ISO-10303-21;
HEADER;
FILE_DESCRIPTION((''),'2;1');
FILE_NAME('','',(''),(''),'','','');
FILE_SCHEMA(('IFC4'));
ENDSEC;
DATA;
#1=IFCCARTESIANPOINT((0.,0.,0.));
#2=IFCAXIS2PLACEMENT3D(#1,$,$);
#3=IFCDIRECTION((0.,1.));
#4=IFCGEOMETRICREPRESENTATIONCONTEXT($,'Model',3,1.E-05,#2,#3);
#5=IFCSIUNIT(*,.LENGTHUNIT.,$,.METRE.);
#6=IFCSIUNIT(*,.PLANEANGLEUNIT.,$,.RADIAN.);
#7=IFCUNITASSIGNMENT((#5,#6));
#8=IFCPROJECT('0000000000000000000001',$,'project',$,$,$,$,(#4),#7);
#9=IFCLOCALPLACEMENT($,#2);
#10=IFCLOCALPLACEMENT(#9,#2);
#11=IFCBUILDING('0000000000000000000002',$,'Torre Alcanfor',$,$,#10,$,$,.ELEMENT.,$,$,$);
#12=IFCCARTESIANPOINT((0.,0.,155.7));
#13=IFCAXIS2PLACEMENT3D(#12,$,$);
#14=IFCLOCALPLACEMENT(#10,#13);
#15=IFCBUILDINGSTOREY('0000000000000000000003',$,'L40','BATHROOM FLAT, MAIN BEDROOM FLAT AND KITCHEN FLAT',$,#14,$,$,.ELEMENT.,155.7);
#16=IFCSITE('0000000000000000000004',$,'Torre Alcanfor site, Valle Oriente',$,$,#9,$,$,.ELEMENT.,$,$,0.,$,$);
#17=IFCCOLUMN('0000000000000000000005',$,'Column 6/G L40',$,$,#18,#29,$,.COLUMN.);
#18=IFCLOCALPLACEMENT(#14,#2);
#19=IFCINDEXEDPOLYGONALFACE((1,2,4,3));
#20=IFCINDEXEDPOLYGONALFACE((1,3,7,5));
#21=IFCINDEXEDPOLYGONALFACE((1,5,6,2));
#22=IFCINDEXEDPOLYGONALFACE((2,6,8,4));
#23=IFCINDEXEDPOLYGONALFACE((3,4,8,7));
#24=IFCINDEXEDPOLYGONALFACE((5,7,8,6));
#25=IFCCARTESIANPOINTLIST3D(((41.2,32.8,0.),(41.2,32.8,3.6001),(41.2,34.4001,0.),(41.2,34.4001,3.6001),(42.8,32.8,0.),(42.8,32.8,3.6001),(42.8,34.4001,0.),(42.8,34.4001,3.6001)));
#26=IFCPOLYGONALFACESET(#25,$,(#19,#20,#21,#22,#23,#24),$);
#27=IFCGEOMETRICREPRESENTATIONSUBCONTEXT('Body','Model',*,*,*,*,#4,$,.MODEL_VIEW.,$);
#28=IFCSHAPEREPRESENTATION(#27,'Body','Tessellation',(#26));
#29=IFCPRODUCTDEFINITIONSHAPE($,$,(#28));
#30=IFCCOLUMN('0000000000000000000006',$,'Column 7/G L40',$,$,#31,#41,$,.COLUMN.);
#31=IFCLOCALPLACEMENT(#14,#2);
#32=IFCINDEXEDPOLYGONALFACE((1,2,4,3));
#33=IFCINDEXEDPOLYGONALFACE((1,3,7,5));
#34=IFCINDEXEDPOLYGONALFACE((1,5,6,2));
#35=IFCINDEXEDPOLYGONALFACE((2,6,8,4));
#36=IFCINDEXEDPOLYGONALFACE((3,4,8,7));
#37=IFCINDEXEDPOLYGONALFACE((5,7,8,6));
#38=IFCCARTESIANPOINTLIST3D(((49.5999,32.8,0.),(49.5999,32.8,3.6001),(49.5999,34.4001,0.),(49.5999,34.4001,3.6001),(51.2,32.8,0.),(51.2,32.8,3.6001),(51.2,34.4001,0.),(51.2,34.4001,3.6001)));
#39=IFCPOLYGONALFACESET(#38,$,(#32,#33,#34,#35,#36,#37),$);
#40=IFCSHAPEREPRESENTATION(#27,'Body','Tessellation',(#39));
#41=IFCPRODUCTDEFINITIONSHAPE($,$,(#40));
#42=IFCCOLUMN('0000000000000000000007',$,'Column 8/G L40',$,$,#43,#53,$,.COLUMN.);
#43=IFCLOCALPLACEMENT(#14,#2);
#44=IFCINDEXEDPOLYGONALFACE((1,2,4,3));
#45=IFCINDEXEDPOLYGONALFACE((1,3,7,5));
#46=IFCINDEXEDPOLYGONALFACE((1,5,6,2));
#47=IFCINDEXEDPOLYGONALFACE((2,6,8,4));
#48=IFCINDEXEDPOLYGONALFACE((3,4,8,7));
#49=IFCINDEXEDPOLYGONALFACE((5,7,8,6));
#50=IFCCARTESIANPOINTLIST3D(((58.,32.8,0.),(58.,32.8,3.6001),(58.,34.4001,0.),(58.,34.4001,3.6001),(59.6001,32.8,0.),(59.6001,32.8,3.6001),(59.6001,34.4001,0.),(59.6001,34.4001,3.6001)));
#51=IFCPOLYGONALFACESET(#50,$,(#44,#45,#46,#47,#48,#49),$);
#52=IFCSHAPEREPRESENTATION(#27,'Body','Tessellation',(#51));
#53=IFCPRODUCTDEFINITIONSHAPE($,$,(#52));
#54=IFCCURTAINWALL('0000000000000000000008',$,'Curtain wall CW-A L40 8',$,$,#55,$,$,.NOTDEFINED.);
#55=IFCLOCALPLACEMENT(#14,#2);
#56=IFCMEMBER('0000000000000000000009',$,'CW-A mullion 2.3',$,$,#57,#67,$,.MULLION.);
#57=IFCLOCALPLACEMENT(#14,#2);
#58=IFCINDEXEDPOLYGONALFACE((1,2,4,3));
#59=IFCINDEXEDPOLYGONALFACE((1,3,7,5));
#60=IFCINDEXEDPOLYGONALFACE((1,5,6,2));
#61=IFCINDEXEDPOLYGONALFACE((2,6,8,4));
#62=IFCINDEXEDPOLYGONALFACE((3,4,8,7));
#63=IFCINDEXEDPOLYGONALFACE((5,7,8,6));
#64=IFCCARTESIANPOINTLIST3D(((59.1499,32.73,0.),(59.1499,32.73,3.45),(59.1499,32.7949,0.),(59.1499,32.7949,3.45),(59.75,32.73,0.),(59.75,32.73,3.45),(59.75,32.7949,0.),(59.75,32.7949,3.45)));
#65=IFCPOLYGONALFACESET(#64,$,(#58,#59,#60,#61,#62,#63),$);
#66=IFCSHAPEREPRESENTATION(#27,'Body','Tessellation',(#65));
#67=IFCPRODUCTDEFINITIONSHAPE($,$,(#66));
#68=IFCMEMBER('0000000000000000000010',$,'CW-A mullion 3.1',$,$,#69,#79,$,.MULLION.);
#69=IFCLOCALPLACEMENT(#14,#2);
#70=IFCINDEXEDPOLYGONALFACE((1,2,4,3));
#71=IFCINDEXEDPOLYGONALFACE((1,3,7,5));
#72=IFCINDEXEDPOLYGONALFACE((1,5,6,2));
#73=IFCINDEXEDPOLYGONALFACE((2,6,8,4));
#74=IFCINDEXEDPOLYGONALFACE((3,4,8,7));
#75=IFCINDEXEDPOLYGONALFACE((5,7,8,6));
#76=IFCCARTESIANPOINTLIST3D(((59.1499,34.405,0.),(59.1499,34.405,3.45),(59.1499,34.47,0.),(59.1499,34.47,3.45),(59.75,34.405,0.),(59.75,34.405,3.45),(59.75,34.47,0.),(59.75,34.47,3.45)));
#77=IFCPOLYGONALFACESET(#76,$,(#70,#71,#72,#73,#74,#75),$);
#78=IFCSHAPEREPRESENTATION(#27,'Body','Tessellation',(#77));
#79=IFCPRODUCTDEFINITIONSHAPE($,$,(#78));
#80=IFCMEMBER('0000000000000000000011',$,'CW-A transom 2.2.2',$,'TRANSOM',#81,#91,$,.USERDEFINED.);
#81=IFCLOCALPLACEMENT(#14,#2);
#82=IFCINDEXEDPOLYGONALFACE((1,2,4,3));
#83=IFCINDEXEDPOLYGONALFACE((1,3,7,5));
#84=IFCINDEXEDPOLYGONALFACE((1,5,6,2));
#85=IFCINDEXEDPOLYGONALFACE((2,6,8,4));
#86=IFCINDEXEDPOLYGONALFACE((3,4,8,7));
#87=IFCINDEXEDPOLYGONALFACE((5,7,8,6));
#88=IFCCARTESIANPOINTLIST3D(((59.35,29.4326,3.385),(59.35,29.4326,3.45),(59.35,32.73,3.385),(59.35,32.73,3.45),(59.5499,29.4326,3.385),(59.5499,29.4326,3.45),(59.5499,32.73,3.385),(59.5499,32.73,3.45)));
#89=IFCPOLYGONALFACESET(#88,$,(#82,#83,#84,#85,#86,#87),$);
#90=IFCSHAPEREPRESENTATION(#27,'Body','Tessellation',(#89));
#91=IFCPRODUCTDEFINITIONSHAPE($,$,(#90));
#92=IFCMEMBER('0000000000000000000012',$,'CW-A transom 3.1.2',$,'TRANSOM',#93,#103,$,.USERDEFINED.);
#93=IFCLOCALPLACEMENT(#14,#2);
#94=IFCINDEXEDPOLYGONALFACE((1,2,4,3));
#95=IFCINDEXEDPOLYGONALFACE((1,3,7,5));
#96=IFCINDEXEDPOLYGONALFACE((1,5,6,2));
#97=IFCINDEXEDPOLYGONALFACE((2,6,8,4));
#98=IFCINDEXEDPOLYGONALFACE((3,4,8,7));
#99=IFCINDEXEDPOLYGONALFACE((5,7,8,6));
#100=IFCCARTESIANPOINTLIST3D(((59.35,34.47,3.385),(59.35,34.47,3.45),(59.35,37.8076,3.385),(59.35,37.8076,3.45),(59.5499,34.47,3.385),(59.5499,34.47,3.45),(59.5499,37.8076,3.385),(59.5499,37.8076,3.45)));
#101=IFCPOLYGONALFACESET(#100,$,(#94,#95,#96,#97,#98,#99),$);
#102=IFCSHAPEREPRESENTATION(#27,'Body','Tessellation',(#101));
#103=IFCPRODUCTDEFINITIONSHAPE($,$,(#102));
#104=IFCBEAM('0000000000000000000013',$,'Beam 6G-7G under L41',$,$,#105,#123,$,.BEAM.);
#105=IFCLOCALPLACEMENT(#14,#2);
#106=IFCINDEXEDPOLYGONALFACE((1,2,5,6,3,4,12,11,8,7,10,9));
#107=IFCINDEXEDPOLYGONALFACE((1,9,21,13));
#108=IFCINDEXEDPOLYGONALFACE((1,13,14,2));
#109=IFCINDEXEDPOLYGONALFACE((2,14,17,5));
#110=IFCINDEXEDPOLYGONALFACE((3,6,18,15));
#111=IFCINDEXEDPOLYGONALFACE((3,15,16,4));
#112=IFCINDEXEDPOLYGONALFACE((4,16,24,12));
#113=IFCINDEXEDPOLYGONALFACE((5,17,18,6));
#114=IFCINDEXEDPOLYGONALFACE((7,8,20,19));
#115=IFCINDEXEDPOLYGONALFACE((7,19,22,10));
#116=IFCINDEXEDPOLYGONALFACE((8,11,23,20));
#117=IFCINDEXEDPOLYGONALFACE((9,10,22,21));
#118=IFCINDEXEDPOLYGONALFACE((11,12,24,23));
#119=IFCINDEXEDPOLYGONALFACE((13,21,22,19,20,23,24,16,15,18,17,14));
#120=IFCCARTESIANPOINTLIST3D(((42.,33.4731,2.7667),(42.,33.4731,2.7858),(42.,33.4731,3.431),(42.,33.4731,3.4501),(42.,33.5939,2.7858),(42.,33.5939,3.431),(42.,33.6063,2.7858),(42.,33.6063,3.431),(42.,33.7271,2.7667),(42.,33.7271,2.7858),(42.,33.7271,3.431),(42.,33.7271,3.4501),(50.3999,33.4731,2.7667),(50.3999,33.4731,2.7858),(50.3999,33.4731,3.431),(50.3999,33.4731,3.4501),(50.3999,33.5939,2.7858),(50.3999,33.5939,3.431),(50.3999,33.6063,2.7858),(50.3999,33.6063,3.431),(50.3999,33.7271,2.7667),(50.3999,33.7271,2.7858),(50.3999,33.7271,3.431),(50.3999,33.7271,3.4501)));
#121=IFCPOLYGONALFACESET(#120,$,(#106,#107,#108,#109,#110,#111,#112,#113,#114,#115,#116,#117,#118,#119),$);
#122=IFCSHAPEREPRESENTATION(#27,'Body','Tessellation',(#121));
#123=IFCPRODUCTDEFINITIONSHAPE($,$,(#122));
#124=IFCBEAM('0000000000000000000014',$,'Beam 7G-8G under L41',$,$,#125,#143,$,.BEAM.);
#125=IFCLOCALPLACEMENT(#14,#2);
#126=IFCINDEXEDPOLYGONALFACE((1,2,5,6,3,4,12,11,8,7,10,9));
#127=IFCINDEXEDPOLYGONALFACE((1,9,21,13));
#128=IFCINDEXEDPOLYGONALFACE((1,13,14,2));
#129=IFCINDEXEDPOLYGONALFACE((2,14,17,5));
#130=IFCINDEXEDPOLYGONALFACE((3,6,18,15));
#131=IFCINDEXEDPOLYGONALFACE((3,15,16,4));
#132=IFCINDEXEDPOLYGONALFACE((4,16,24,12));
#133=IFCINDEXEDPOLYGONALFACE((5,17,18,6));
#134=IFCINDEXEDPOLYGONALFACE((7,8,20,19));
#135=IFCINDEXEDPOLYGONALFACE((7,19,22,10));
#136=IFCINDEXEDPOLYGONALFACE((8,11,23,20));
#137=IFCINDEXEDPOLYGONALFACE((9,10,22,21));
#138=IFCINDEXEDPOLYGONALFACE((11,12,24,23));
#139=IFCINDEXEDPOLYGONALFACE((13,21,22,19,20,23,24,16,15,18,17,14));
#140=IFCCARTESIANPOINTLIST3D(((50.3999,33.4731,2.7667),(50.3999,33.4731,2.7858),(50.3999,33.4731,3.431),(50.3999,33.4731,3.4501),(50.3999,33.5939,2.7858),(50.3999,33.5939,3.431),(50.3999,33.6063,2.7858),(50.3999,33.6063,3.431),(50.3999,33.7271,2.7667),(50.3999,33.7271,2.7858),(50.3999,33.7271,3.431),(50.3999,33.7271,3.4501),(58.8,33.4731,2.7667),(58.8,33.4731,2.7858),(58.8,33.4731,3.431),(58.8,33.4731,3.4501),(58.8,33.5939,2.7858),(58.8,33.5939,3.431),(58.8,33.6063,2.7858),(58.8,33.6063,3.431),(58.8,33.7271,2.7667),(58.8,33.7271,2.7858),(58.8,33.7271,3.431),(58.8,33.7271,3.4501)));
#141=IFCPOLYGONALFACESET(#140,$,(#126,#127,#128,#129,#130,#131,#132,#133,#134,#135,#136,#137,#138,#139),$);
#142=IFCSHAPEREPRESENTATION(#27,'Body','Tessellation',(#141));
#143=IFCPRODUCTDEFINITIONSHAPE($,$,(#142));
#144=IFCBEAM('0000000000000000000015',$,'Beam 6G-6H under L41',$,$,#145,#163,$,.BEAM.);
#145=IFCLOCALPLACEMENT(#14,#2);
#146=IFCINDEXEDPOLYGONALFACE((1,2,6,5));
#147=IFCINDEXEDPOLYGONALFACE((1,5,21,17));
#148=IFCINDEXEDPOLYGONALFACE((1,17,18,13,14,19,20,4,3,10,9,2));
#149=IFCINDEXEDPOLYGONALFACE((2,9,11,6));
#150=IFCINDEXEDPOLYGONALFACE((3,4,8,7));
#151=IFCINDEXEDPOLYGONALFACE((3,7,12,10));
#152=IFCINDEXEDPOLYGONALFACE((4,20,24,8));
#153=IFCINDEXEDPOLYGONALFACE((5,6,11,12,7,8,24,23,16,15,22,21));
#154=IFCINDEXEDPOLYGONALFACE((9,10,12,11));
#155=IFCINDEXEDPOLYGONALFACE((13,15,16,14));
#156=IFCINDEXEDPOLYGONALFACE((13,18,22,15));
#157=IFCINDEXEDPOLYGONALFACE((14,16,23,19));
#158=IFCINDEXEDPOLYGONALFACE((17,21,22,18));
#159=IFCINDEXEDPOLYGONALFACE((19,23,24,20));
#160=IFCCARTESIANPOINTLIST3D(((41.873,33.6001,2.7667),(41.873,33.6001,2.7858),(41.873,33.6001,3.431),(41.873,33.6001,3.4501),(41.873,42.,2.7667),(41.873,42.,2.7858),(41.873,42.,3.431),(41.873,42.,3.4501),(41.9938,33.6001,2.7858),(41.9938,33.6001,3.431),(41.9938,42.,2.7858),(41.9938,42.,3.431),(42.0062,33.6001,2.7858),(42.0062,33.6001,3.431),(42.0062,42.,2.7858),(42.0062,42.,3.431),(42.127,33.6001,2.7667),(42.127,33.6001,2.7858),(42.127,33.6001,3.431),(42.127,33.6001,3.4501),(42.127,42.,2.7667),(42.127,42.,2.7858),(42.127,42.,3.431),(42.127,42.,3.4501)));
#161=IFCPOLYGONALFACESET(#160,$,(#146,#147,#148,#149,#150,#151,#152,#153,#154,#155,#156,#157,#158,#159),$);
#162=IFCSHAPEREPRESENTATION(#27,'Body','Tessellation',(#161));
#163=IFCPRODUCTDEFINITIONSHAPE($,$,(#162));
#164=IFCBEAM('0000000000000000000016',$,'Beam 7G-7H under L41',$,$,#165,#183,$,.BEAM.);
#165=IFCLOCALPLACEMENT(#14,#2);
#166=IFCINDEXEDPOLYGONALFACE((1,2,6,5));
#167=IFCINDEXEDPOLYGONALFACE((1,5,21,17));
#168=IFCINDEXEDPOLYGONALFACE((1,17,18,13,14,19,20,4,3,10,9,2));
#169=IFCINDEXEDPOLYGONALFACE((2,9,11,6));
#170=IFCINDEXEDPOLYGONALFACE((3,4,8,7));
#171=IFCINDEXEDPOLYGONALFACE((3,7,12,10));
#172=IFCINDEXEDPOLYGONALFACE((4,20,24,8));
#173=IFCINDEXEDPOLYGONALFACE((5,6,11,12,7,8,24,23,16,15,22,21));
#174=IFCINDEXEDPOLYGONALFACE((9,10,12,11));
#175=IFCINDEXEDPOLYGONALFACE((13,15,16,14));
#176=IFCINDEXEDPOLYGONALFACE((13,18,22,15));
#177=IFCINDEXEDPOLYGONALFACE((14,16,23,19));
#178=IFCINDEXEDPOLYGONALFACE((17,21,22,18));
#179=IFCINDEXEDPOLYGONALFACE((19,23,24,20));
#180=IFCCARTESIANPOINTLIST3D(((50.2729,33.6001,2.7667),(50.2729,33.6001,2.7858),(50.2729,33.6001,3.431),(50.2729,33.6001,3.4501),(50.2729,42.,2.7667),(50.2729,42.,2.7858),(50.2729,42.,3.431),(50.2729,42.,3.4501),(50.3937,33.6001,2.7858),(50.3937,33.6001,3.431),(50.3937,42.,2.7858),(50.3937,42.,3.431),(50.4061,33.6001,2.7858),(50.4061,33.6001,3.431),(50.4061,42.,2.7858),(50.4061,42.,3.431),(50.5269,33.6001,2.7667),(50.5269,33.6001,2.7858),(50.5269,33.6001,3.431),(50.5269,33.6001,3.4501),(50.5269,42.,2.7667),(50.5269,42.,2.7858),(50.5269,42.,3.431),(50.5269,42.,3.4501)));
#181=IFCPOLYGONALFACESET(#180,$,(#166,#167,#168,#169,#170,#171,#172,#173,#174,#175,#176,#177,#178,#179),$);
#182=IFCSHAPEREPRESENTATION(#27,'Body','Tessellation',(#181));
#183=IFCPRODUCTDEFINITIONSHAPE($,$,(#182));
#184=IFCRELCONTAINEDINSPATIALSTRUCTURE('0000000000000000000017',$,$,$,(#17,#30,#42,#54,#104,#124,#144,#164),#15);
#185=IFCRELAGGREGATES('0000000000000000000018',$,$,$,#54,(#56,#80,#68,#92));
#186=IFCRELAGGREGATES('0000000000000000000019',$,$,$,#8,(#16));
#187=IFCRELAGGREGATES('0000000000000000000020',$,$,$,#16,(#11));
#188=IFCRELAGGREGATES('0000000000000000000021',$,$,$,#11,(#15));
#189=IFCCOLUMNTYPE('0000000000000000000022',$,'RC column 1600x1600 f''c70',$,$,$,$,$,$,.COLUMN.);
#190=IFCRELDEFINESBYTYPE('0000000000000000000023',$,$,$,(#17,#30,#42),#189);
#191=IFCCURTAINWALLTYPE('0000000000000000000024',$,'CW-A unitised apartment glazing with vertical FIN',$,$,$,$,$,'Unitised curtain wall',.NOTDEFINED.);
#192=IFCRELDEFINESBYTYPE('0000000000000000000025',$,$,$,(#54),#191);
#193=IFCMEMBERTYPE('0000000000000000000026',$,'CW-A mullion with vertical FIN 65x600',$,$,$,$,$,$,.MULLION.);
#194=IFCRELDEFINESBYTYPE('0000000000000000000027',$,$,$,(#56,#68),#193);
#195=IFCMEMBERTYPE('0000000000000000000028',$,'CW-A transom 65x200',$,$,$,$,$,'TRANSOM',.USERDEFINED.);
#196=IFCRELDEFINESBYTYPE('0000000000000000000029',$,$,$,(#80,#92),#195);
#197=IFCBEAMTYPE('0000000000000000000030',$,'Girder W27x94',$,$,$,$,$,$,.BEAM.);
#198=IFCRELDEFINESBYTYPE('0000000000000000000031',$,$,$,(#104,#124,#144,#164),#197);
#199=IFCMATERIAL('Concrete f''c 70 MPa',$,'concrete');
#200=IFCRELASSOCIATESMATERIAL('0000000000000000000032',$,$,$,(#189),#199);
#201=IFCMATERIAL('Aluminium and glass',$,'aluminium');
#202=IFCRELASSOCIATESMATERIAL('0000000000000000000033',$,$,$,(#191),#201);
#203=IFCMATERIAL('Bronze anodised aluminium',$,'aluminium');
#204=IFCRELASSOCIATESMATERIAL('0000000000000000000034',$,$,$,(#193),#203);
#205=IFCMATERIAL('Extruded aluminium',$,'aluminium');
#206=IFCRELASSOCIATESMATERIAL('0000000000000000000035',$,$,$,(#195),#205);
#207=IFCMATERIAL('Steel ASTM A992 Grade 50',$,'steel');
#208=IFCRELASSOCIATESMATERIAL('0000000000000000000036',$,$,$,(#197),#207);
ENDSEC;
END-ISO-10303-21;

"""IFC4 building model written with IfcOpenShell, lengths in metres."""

from ifc_helpers import new_model, si_unit, direction, frame, origin, origin_2d, place, context, subcontext, project, spatial, rectangle, i_section, extrude, material, material_profile, profile_set, type_object, element, aggregate, save


model = new_model("IFC4")

# Units and contexts
model_context = context("Model", 3, precision=1e-05, world=origin(), true_north=direction((0.0, 1.0)))
body_context = subcontext(model_context, "Body", "Model", "MODEL_VIEW")
ifc_project = project(units=[si_unit("LENGTHUNIT", "METRE"), si_unit("PLANEANGLEUNIT", "RADIAN")], contexts=[model_context])

# Site, building, storey
site_placement = place(None, origin())
site = spatial("IfcSite", under=ifc_project, at=site_placement, Name="Torre Alcanfor site, Valle Oriente", CompositionType="ELEMENT", RefElevation=0.0)
building_placement = place(site_placement, origin())
building = spatial("IfcBuilding", under=site, at=building_placement, Name="Torre Alcanfor", CompositionType="ELEMENT")
storey_placement = place(building_placement, frame((0.0, 0.0, 155.7)))
storey = spatial("IfcBuildingStorey", under=building, at=storey_placement, Name="L40", Description="BATHROOM FLAT, MAIN BEDROOM FLAT AND KITCHEN FLAT", CompositionType="ELEMENT", Elevation=155.7)

# Columns
ifc_material_1 = material(Name="Concrete f'c 70 MPa", Category="concrete")
ifc_material_profile_1 = material_profile(ifc_material_1, rectangle(XDim=1.6001, YDim=1.6001, at=origin_2d()), Name="1600x1600")
ifc_profile_set_1 = profile_set([ifc_material_profile_1], Name="Concrete f'c 70 MPa")
column_type = type_object("IfcColumnType", Name="RC column 1600x1600 f'c70", PredefinedType="COLUMN", material=ifc_profile_set_1)
for number, where, z_axis, x_axis, name in (
    (1, (42.0, 33.6001, 0.0), (0.0, 0.0, 1.0), (1.0, 0.0, 0.0), "Column 6/G L40"),
    (2, (50.3999, 33.6001, 0.0), (0.0, 0.0, 1.0), (1.0, 0.0, 0.0), "Column 7/G L40"),
    (3, (58.8, 33.6001, 0.0), (0.0, 0.0, 1.0), (1.0, 0.0, 0.0), "Column 8/G L40"),
):
    element("IfcColumn", number, at=place(storey_placement, frame(where, z_axis=z_axis, x_axis=x_axis)), inside=storey, type_object=column_type, Name=name, PredefinedType="COLUMN", context=body_context, shape_type="SweptSolid", body=[
        extrude(rectangle(XDim=1.6001, YDim=1.6001, at=origin_2d()), origin(), (0.0, 0.0, 1.0), 3.6001),
    ])

# Curtain wall, members
ifc_material_2 = material(Name="Aluminium and glass", Category="aluminium")
curtain_wall_type = type_object("IfcCurtainWallType", Name="CW-A unitised apartment glazing with vertical FIN", ElementType="Unitised curtain wall", PredefinedType="NOTDEFINED", material=ifc_material_2)
curtain_wall_placement = place(storey_placement, origin())
curtain_wall = element("IfcCurtainWall", 4, at=curtain_wall_placement, inside=storey, type_object=curtain_wall_type, Name="Curtain wall CW-A L40 8", PredefinedType="NOTDEFINED")
ifc_material_3 = material(Name="Bronze anodised aluminium", Category="aluminium")
ifc_material_profile_2 = material_profile(ifc_material_3, rectangle(XDim=0.6001, YDim=0.0649, at=origin_2d()), Name="CW-A mullion 65x600")
ifc_profile_set_2 = profile_set([ifc_material_profile_2], Name="Bronze anodised aluminium")
member_type_1 = type_object("IfcMemberType", Name="CW-A mullion with vertical FIN 65x600", PredefinedType="MULLION", material=ifc_profile_set_2)
member_1_placement = place(storey_placement, frame((59.45, 32.7625, 0.0), z_axis=(0.0, 0.0, 1.0), x_axis=(-1.0, 0.0, 0.0)))
member_1 = element("IfcMember", 5, at=member_1_placement, type_object=member_type_1, Name="CW-A mullion 2.3", PredefinedType="MULLION", context=body_context, shape_type="SweptSolid", body=[
    extrude(rectangle(XDim=0.6001, YDim=0.0649, at=origin_2d()), origin(), (0.0, 0.0, 1.0), 3.45),
])
member_2_placement = place(storey_placement, frame((59.45, 34.4375, 0.0), z_axis=(0.0, 0.0, 1.0), x_axis=(-1.0, 0.0, 0.0)))
member_2 = element("IfcMember", 6, at=member_2_placement, type_object=member_type_1, Name="CW-A mullion 3.1", PredefinedType="MULLION", context=body_context, shape_type="SweptSolid", body=[
    extrude(rectangle(XDim=0.6001, YDim=0.0649, at=origin_2d()), origin(), (0.0, 0.0, 1.0), 3.45),
])
ifc_material_4 = material(Name="Extruded aluminium", Category="aluminium")
ifc_material_profile_3 = material_profile(ifc_material_4, rectangle(XDim=0.2, YDim=0.0649, at=origin_2d()), Name="CW-A transom 200x65")
ifc_profile_set_3 = profile_set([ifc_material_profile_3], Name="Extruded aluminium")
member_type_2 = type_object("IfcMemberType", Name="CW-A transom 65x200", ElementType="TRANSOM", PredefinedType="USERDEFINED", material=ifc_profile_set_3)
member_3_placement = place(storey_placement, frame((59.45, 29.4326, 3.4175), z_axis=(0.0, 1.0, 0.0), x_axis=(-1.0, 0.0, 0.0)))
member_3 = element("IfcMember", 7, at=member_3_placement, type_object=member_type_2, Name="CW-A transom 2.2.2", ObjectType="TRANSOM", PredefinedType="USERDEFINED", context=body_context, shape_type="SweptSolid", body=[
    extrude(rectangle(XDim=0.2, YDim=0.0649, at=origin_2d()), origin(), (0.0, 0.0, 1.0), 3.2974),
])
member_4_placement = place(storey_placement, frame((59.45, 34.47, 3.4175), z_axis=(0.0, 1.0, 0.0), x_axis=(-1.0, 0.0, 0.0)))
member_4 = element("IfcMember", 8, at=member_4_placement, type_object=member_type_2, Name="CW-A transom 3.1.2", ObjectType="TRANSOM", PredefinedType="USERDEFINED", context=body_context, shape_type="SweptSolid", body=[
    extrude(rectangle(XDim=0.2, YDim=0.0649, at=origin_2d()), origin(), (0.0, 0.0, 1.0), 3.3376),
])

# Beams
ifc_material_5 = material(Name="Steel ASTM A992 Grade 50", Category="steel")
ifc_material_profile_4 = material_profile(ifc_material_5, i_section(OverallWidth=0.2539, OverallDepth=0.6833, WebThickness=0.0125, FlangeThickness=0.019, at=origin_2d()), Name="W27x94")
ifc_profile_set_4 = profile_set([ifc_material_profile_4], Name="Steel ASTM A992 Grade 50")
beam_type_1 = type_object("IfcBeamType", Name="Girder W27x94", PredefinedType="BEAM", material=ifc_profile_set_4)
beam_1_placement = place(storey_placement, frame((42.0, 33.6001, 3.1084), z_axis=(1.0, 0.0, 0.0), x_axis=(0.0, 1.0, 0.0)))
element("IfcBeam", 9, at=beam_1_placement, inside=storey, type_object=beam_type_1, Name="Beam 6G-7G under L41", PredefinedType="BEAM", context=body_context, shape_type="SweptSolid", body=[
    extrude(i_section(OverallWidth=0.2539, OverallDepth=0.6833, WebThickness=0.0125, FlangeThickness=0.019, at=origin_2d()), origin(), (0.0, 0.0, 1.0), 8.3999),
])
beam_2_placement = place(storey_placement, frame((50.3999, 33.6001, 3.1084), z_axis=(1.0, 0.0, 0.0), x_axis=(0.0, 1.0, 0.0)))
element("IfcBeam", 10, at=beam_2_placement, inside=storey, type_object=beam_type_1, Name="Beam 7G-8G under L41", PredefinedType="BEAM", context=body_context, shape_type="SweptSolid", body=[
    extrude(i_section(OverallWidth=0.2539, OverallDepth=0.6833, WebThickness=0.0125, FlangeThickness=0.019, at=origin_2d()), origin(), (0.0, 0.0, 1.0), 8.4001),
])
for number, where, z_axis, x_axis, name in (
    (11, (42.0, 33.6001, 3.1084), (0.0, 1.0, 0.0), (-1.0, 0.0, 0.0), "Beam 6G-6H under L41"),
    (12, (50.3999, 33.6001, 3.1084), (0.0, 1.0, 0.0), (-1.0, 0.0, 0.0), "Beam 7G-7H under L41"),
):
    element("IfcBeam", number, at=place(storey_placement, frame(where, z_axis=z_axis, x_axis=x_axis)), inside=storey, type_object=beam_type_1, Name=name, PredefinedType="BEAM", context=body_context, shape_type="SweptSolid", body=[
        extrude(i_section(OverallWidth=0.2539, OverallDepth=0.6833, WebThickness=0.0125, FlangeThickness=0.019, at=origin_2d()), origin(), (0.0, 0.0, 1.0), 8.3999),
    ])

aggregate(curtain_wall, [member_1, member_3, member_2, member_4])

save(model, "model.ifc")
